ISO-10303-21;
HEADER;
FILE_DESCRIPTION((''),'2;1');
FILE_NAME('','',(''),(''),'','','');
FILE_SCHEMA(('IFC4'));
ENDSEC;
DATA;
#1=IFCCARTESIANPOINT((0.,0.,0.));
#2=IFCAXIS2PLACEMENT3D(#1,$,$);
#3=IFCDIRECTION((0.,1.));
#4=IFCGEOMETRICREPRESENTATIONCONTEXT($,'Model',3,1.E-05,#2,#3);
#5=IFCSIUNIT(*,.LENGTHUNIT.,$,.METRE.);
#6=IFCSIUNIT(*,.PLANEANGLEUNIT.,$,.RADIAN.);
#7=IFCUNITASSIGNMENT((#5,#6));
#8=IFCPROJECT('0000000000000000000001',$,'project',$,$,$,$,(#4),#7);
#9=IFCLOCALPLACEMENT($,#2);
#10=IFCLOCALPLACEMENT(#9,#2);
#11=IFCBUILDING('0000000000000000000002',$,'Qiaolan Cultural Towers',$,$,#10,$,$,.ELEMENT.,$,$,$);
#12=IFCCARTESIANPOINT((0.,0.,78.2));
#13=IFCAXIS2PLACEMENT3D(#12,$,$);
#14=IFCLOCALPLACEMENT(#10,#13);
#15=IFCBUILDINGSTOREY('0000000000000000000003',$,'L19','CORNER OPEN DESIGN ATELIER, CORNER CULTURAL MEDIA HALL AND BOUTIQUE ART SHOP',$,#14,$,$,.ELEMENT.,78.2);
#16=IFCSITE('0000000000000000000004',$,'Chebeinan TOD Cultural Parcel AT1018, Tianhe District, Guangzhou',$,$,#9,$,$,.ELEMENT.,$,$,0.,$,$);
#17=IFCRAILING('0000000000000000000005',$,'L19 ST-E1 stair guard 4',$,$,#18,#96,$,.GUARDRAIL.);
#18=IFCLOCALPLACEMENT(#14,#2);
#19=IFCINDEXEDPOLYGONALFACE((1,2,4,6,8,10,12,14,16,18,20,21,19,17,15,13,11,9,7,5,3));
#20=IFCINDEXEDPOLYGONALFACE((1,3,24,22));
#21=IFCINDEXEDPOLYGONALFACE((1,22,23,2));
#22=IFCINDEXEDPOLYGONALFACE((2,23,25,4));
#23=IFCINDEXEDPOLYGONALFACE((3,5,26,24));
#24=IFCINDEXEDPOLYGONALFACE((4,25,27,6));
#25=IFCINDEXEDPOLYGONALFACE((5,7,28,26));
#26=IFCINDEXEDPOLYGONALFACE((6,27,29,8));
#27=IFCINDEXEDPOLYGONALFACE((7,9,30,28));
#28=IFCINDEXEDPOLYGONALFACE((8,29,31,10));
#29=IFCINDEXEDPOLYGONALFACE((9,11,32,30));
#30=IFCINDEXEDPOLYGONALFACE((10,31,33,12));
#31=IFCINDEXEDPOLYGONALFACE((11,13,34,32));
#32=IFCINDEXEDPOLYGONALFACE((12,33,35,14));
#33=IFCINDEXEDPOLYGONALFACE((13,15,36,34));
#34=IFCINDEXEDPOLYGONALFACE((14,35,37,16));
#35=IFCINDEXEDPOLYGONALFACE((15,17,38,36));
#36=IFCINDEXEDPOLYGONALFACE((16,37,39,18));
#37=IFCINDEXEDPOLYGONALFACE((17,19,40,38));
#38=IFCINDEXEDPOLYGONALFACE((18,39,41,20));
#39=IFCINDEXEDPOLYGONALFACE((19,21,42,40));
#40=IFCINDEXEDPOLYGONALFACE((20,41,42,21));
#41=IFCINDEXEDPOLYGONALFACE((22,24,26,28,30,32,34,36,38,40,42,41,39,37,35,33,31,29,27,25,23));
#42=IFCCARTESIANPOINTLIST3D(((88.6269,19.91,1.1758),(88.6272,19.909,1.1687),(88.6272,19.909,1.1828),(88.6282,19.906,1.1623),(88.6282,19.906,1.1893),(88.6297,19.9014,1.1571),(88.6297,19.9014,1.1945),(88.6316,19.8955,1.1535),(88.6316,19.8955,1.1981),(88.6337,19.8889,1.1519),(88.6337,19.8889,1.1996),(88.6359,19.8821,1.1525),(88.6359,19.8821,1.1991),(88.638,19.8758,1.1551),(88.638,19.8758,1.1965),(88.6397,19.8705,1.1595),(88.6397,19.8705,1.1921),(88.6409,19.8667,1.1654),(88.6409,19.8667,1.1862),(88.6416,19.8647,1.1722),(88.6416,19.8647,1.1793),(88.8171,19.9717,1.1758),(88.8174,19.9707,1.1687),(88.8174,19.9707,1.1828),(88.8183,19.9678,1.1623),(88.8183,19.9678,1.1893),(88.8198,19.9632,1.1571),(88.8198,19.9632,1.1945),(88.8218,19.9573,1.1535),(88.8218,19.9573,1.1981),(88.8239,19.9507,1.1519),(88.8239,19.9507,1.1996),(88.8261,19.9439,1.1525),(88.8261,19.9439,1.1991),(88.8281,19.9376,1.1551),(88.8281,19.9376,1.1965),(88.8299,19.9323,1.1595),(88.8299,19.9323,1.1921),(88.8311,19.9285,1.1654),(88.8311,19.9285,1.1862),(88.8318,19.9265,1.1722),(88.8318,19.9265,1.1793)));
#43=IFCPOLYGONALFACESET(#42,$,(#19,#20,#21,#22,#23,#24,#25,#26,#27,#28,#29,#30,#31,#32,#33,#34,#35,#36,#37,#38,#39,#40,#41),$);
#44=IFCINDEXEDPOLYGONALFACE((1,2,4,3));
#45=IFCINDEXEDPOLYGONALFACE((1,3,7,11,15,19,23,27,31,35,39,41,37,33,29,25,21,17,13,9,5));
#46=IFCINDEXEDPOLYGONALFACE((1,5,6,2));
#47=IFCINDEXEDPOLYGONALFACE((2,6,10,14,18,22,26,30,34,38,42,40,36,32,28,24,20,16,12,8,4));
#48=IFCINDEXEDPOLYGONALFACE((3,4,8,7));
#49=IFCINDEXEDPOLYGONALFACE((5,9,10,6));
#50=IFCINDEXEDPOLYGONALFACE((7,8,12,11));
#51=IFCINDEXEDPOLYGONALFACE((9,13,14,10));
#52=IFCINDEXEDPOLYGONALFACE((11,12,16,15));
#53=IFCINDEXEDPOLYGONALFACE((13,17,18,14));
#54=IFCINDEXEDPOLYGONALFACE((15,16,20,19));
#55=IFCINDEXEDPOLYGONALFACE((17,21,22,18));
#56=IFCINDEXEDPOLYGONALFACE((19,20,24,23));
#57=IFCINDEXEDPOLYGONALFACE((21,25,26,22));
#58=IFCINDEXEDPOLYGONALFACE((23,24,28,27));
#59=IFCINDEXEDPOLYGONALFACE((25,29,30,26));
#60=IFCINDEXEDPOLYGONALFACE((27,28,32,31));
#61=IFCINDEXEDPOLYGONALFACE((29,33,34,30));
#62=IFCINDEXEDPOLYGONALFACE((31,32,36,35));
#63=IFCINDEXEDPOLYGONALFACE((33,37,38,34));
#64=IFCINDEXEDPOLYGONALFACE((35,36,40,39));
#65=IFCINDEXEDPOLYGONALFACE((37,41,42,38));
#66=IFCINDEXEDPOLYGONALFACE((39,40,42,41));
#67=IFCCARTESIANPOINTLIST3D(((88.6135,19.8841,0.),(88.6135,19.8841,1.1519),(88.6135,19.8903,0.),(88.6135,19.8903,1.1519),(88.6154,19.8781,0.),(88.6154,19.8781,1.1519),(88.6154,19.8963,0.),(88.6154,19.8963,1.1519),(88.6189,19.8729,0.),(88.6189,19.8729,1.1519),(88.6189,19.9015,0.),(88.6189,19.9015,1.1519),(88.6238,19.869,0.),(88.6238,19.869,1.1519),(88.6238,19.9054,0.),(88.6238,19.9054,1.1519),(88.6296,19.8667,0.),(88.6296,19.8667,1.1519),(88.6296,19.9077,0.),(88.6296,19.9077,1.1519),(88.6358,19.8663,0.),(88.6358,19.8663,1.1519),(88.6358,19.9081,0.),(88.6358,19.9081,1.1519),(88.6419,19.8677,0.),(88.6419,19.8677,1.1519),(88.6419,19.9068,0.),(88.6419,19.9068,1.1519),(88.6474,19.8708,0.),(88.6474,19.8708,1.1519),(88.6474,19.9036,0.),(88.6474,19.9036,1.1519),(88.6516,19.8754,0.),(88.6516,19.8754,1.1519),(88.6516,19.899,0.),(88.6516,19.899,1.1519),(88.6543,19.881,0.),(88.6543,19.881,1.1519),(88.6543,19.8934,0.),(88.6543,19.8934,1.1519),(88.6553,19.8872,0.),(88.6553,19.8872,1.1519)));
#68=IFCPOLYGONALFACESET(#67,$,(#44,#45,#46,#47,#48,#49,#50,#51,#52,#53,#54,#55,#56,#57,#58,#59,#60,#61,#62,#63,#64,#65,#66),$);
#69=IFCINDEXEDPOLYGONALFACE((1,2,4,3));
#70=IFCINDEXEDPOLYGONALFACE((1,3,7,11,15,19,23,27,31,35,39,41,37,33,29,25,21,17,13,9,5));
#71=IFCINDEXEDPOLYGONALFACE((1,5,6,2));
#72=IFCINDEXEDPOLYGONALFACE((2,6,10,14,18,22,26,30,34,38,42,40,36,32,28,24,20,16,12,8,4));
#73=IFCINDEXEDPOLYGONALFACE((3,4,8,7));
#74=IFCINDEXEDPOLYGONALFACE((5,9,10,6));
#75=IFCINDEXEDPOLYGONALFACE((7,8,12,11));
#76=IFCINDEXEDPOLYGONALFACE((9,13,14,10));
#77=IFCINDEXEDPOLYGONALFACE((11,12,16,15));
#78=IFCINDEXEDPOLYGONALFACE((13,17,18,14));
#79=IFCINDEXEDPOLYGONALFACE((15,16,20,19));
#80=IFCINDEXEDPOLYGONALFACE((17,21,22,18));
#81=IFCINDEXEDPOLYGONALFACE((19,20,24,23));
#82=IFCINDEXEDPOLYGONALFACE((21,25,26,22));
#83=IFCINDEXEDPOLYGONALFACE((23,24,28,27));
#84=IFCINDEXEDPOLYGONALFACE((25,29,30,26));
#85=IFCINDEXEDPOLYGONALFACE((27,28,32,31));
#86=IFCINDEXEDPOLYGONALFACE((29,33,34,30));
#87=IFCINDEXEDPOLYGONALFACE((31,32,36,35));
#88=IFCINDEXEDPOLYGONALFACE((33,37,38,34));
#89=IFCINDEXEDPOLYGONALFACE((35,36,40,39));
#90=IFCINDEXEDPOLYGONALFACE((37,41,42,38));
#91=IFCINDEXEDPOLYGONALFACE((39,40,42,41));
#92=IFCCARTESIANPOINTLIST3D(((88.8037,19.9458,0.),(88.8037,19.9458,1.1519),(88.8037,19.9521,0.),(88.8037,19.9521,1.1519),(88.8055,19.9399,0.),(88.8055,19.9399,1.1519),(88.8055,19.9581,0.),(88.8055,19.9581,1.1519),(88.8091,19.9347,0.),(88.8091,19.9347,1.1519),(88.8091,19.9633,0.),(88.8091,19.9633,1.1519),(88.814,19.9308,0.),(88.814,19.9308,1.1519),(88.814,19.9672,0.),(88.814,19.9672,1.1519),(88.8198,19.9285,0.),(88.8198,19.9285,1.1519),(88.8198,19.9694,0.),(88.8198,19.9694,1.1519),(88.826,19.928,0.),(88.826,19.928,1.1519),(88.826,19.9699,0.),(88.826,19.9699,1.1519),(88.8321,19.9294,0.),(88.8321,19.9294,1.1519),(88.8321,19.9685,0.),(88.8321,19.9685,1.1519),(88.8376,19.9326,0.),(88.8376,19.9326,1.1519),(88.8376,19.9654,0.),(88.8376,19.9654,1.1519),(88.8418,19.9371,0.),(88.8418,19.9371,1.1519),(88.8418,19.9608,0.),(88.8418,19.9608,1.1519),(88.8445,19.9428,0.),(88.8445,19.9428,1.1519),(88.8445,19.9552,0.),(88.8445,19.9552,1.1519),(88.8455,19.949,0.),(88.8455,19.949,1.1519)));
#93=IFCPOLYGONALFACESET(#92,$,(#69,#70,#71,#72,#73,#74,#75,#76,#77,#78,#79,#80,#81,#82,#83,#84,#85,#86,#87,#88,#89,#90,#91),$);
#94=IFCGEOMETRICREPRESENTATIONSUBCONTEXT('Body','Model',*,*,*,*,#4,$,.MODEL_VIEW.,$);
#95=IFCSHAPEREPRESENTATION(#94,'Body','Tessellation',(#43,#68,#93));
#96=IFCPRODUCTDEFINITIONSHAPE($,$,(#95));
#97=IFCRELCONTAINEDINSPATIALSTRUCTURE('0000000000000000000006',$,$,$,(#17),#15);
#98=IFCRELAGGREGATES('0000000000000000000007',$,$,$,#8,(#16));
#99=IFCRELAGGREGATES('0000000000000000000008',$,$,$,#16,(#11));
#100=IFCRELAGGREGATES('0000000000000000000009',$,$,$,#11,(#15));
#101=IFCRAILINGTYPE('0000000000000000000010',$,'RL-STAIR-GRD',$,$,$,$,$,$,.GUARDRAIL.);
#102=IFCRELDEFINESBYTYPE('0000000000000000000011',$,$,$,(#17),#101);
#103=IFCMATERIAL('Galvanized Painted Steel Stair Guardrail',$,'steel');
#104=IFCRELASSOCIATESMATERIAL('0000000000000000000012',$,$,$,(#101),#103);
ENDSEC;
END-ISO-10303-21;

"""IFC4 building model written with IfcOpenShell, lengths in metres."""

from ifc_helpers import new_model, si_unit, direction, frame, origin, origin_2d, place, context, subcontext, project, spatial, circle, extrude, material, type_object, element, save


model = new_model("IFC4")

# Units and contexts
model_context = context("Model", 3, precision=1e-05, world=origin(), true_north=direction((0.0, 1.0)))
body_context = subcontext(model_context, "Body", "Model", "MODEL_VIEW")
ifc_project = project(units=[si_unit("LENGTHUNIT", "METRE"), si_unit("PLANEANGLEUNIT", "RADIAN")], contexts=[model_context])

# Site, building, storey
site_placement = place(None, origin())
site = spatial("IfcSite", under=ifc_project, at=site_placement, Name="Chebeinan TOD Cultural Parcel AT1018, Tianhe District, Guangzhou", CompositionType="ELEMENT", RefElevation=0.0)
building_placement = place(site_placement, origin())
building = spatial("IfcBuilding", under=site, at=building_placement, Name="Qiaolan Cultural Towers", CompositionType="ELEMENT")
storey_placement = place(building_placement, frame((0.0, 0.0, 78.2)))
storey = spatial("IfcBuildingStorey", under=building, at=storey_placement, Name="L19", Description="CORNER OPEN DESIGN ATELIER, CORNER CULTURAL MEDIA HALL AND BOUTIQUE ART SHOP", CompositionType="ELEMENT", Elevation=78.2)

# Railing
ifc_material_1 = material(Name="Galvanized Painted Steel Stair Guardrail", Category="steel")
railing_type_1 = type_object("IfcRailingType", Name="RL-STAIR-GRD", PredefinedType="GUARDRAIL", material=ifc_material_1)
railing_1_placement = place(storey_placement, frame((88.6343, 19.8872, 0.0)))
element("IfcRailing", 1, at=railing_1_placement, inside=storey, type_object=railing_type_1, Name="L19 ST-E1 stair guard 4", PredefinedType="GUARDRAIL", context=body_context, shape_type="SweptSolid", body=[
    extrude(circle(Radius=0.0239, at=origin_2d()), frame((0.0, 0.0, 1.1758), z_axis=(0.951097, 0.308893, 0.0), x_axis=(-0.308893, 0.951097, 0.0)), (0.0, 0.0, 1.0), 0.2),
    extrude(circle(Radius=0.021, at=origin_2d()), origin(), (0.0, 0.0, 1.0), 1.1519),
    extrude(circle(Radius=0.021, at=origin_2d()), frame((0.1902, 0.0618, 0.0)), (0.0, 0.0, 1.0), 1.1519),
])

save(model, "model.ifc")
